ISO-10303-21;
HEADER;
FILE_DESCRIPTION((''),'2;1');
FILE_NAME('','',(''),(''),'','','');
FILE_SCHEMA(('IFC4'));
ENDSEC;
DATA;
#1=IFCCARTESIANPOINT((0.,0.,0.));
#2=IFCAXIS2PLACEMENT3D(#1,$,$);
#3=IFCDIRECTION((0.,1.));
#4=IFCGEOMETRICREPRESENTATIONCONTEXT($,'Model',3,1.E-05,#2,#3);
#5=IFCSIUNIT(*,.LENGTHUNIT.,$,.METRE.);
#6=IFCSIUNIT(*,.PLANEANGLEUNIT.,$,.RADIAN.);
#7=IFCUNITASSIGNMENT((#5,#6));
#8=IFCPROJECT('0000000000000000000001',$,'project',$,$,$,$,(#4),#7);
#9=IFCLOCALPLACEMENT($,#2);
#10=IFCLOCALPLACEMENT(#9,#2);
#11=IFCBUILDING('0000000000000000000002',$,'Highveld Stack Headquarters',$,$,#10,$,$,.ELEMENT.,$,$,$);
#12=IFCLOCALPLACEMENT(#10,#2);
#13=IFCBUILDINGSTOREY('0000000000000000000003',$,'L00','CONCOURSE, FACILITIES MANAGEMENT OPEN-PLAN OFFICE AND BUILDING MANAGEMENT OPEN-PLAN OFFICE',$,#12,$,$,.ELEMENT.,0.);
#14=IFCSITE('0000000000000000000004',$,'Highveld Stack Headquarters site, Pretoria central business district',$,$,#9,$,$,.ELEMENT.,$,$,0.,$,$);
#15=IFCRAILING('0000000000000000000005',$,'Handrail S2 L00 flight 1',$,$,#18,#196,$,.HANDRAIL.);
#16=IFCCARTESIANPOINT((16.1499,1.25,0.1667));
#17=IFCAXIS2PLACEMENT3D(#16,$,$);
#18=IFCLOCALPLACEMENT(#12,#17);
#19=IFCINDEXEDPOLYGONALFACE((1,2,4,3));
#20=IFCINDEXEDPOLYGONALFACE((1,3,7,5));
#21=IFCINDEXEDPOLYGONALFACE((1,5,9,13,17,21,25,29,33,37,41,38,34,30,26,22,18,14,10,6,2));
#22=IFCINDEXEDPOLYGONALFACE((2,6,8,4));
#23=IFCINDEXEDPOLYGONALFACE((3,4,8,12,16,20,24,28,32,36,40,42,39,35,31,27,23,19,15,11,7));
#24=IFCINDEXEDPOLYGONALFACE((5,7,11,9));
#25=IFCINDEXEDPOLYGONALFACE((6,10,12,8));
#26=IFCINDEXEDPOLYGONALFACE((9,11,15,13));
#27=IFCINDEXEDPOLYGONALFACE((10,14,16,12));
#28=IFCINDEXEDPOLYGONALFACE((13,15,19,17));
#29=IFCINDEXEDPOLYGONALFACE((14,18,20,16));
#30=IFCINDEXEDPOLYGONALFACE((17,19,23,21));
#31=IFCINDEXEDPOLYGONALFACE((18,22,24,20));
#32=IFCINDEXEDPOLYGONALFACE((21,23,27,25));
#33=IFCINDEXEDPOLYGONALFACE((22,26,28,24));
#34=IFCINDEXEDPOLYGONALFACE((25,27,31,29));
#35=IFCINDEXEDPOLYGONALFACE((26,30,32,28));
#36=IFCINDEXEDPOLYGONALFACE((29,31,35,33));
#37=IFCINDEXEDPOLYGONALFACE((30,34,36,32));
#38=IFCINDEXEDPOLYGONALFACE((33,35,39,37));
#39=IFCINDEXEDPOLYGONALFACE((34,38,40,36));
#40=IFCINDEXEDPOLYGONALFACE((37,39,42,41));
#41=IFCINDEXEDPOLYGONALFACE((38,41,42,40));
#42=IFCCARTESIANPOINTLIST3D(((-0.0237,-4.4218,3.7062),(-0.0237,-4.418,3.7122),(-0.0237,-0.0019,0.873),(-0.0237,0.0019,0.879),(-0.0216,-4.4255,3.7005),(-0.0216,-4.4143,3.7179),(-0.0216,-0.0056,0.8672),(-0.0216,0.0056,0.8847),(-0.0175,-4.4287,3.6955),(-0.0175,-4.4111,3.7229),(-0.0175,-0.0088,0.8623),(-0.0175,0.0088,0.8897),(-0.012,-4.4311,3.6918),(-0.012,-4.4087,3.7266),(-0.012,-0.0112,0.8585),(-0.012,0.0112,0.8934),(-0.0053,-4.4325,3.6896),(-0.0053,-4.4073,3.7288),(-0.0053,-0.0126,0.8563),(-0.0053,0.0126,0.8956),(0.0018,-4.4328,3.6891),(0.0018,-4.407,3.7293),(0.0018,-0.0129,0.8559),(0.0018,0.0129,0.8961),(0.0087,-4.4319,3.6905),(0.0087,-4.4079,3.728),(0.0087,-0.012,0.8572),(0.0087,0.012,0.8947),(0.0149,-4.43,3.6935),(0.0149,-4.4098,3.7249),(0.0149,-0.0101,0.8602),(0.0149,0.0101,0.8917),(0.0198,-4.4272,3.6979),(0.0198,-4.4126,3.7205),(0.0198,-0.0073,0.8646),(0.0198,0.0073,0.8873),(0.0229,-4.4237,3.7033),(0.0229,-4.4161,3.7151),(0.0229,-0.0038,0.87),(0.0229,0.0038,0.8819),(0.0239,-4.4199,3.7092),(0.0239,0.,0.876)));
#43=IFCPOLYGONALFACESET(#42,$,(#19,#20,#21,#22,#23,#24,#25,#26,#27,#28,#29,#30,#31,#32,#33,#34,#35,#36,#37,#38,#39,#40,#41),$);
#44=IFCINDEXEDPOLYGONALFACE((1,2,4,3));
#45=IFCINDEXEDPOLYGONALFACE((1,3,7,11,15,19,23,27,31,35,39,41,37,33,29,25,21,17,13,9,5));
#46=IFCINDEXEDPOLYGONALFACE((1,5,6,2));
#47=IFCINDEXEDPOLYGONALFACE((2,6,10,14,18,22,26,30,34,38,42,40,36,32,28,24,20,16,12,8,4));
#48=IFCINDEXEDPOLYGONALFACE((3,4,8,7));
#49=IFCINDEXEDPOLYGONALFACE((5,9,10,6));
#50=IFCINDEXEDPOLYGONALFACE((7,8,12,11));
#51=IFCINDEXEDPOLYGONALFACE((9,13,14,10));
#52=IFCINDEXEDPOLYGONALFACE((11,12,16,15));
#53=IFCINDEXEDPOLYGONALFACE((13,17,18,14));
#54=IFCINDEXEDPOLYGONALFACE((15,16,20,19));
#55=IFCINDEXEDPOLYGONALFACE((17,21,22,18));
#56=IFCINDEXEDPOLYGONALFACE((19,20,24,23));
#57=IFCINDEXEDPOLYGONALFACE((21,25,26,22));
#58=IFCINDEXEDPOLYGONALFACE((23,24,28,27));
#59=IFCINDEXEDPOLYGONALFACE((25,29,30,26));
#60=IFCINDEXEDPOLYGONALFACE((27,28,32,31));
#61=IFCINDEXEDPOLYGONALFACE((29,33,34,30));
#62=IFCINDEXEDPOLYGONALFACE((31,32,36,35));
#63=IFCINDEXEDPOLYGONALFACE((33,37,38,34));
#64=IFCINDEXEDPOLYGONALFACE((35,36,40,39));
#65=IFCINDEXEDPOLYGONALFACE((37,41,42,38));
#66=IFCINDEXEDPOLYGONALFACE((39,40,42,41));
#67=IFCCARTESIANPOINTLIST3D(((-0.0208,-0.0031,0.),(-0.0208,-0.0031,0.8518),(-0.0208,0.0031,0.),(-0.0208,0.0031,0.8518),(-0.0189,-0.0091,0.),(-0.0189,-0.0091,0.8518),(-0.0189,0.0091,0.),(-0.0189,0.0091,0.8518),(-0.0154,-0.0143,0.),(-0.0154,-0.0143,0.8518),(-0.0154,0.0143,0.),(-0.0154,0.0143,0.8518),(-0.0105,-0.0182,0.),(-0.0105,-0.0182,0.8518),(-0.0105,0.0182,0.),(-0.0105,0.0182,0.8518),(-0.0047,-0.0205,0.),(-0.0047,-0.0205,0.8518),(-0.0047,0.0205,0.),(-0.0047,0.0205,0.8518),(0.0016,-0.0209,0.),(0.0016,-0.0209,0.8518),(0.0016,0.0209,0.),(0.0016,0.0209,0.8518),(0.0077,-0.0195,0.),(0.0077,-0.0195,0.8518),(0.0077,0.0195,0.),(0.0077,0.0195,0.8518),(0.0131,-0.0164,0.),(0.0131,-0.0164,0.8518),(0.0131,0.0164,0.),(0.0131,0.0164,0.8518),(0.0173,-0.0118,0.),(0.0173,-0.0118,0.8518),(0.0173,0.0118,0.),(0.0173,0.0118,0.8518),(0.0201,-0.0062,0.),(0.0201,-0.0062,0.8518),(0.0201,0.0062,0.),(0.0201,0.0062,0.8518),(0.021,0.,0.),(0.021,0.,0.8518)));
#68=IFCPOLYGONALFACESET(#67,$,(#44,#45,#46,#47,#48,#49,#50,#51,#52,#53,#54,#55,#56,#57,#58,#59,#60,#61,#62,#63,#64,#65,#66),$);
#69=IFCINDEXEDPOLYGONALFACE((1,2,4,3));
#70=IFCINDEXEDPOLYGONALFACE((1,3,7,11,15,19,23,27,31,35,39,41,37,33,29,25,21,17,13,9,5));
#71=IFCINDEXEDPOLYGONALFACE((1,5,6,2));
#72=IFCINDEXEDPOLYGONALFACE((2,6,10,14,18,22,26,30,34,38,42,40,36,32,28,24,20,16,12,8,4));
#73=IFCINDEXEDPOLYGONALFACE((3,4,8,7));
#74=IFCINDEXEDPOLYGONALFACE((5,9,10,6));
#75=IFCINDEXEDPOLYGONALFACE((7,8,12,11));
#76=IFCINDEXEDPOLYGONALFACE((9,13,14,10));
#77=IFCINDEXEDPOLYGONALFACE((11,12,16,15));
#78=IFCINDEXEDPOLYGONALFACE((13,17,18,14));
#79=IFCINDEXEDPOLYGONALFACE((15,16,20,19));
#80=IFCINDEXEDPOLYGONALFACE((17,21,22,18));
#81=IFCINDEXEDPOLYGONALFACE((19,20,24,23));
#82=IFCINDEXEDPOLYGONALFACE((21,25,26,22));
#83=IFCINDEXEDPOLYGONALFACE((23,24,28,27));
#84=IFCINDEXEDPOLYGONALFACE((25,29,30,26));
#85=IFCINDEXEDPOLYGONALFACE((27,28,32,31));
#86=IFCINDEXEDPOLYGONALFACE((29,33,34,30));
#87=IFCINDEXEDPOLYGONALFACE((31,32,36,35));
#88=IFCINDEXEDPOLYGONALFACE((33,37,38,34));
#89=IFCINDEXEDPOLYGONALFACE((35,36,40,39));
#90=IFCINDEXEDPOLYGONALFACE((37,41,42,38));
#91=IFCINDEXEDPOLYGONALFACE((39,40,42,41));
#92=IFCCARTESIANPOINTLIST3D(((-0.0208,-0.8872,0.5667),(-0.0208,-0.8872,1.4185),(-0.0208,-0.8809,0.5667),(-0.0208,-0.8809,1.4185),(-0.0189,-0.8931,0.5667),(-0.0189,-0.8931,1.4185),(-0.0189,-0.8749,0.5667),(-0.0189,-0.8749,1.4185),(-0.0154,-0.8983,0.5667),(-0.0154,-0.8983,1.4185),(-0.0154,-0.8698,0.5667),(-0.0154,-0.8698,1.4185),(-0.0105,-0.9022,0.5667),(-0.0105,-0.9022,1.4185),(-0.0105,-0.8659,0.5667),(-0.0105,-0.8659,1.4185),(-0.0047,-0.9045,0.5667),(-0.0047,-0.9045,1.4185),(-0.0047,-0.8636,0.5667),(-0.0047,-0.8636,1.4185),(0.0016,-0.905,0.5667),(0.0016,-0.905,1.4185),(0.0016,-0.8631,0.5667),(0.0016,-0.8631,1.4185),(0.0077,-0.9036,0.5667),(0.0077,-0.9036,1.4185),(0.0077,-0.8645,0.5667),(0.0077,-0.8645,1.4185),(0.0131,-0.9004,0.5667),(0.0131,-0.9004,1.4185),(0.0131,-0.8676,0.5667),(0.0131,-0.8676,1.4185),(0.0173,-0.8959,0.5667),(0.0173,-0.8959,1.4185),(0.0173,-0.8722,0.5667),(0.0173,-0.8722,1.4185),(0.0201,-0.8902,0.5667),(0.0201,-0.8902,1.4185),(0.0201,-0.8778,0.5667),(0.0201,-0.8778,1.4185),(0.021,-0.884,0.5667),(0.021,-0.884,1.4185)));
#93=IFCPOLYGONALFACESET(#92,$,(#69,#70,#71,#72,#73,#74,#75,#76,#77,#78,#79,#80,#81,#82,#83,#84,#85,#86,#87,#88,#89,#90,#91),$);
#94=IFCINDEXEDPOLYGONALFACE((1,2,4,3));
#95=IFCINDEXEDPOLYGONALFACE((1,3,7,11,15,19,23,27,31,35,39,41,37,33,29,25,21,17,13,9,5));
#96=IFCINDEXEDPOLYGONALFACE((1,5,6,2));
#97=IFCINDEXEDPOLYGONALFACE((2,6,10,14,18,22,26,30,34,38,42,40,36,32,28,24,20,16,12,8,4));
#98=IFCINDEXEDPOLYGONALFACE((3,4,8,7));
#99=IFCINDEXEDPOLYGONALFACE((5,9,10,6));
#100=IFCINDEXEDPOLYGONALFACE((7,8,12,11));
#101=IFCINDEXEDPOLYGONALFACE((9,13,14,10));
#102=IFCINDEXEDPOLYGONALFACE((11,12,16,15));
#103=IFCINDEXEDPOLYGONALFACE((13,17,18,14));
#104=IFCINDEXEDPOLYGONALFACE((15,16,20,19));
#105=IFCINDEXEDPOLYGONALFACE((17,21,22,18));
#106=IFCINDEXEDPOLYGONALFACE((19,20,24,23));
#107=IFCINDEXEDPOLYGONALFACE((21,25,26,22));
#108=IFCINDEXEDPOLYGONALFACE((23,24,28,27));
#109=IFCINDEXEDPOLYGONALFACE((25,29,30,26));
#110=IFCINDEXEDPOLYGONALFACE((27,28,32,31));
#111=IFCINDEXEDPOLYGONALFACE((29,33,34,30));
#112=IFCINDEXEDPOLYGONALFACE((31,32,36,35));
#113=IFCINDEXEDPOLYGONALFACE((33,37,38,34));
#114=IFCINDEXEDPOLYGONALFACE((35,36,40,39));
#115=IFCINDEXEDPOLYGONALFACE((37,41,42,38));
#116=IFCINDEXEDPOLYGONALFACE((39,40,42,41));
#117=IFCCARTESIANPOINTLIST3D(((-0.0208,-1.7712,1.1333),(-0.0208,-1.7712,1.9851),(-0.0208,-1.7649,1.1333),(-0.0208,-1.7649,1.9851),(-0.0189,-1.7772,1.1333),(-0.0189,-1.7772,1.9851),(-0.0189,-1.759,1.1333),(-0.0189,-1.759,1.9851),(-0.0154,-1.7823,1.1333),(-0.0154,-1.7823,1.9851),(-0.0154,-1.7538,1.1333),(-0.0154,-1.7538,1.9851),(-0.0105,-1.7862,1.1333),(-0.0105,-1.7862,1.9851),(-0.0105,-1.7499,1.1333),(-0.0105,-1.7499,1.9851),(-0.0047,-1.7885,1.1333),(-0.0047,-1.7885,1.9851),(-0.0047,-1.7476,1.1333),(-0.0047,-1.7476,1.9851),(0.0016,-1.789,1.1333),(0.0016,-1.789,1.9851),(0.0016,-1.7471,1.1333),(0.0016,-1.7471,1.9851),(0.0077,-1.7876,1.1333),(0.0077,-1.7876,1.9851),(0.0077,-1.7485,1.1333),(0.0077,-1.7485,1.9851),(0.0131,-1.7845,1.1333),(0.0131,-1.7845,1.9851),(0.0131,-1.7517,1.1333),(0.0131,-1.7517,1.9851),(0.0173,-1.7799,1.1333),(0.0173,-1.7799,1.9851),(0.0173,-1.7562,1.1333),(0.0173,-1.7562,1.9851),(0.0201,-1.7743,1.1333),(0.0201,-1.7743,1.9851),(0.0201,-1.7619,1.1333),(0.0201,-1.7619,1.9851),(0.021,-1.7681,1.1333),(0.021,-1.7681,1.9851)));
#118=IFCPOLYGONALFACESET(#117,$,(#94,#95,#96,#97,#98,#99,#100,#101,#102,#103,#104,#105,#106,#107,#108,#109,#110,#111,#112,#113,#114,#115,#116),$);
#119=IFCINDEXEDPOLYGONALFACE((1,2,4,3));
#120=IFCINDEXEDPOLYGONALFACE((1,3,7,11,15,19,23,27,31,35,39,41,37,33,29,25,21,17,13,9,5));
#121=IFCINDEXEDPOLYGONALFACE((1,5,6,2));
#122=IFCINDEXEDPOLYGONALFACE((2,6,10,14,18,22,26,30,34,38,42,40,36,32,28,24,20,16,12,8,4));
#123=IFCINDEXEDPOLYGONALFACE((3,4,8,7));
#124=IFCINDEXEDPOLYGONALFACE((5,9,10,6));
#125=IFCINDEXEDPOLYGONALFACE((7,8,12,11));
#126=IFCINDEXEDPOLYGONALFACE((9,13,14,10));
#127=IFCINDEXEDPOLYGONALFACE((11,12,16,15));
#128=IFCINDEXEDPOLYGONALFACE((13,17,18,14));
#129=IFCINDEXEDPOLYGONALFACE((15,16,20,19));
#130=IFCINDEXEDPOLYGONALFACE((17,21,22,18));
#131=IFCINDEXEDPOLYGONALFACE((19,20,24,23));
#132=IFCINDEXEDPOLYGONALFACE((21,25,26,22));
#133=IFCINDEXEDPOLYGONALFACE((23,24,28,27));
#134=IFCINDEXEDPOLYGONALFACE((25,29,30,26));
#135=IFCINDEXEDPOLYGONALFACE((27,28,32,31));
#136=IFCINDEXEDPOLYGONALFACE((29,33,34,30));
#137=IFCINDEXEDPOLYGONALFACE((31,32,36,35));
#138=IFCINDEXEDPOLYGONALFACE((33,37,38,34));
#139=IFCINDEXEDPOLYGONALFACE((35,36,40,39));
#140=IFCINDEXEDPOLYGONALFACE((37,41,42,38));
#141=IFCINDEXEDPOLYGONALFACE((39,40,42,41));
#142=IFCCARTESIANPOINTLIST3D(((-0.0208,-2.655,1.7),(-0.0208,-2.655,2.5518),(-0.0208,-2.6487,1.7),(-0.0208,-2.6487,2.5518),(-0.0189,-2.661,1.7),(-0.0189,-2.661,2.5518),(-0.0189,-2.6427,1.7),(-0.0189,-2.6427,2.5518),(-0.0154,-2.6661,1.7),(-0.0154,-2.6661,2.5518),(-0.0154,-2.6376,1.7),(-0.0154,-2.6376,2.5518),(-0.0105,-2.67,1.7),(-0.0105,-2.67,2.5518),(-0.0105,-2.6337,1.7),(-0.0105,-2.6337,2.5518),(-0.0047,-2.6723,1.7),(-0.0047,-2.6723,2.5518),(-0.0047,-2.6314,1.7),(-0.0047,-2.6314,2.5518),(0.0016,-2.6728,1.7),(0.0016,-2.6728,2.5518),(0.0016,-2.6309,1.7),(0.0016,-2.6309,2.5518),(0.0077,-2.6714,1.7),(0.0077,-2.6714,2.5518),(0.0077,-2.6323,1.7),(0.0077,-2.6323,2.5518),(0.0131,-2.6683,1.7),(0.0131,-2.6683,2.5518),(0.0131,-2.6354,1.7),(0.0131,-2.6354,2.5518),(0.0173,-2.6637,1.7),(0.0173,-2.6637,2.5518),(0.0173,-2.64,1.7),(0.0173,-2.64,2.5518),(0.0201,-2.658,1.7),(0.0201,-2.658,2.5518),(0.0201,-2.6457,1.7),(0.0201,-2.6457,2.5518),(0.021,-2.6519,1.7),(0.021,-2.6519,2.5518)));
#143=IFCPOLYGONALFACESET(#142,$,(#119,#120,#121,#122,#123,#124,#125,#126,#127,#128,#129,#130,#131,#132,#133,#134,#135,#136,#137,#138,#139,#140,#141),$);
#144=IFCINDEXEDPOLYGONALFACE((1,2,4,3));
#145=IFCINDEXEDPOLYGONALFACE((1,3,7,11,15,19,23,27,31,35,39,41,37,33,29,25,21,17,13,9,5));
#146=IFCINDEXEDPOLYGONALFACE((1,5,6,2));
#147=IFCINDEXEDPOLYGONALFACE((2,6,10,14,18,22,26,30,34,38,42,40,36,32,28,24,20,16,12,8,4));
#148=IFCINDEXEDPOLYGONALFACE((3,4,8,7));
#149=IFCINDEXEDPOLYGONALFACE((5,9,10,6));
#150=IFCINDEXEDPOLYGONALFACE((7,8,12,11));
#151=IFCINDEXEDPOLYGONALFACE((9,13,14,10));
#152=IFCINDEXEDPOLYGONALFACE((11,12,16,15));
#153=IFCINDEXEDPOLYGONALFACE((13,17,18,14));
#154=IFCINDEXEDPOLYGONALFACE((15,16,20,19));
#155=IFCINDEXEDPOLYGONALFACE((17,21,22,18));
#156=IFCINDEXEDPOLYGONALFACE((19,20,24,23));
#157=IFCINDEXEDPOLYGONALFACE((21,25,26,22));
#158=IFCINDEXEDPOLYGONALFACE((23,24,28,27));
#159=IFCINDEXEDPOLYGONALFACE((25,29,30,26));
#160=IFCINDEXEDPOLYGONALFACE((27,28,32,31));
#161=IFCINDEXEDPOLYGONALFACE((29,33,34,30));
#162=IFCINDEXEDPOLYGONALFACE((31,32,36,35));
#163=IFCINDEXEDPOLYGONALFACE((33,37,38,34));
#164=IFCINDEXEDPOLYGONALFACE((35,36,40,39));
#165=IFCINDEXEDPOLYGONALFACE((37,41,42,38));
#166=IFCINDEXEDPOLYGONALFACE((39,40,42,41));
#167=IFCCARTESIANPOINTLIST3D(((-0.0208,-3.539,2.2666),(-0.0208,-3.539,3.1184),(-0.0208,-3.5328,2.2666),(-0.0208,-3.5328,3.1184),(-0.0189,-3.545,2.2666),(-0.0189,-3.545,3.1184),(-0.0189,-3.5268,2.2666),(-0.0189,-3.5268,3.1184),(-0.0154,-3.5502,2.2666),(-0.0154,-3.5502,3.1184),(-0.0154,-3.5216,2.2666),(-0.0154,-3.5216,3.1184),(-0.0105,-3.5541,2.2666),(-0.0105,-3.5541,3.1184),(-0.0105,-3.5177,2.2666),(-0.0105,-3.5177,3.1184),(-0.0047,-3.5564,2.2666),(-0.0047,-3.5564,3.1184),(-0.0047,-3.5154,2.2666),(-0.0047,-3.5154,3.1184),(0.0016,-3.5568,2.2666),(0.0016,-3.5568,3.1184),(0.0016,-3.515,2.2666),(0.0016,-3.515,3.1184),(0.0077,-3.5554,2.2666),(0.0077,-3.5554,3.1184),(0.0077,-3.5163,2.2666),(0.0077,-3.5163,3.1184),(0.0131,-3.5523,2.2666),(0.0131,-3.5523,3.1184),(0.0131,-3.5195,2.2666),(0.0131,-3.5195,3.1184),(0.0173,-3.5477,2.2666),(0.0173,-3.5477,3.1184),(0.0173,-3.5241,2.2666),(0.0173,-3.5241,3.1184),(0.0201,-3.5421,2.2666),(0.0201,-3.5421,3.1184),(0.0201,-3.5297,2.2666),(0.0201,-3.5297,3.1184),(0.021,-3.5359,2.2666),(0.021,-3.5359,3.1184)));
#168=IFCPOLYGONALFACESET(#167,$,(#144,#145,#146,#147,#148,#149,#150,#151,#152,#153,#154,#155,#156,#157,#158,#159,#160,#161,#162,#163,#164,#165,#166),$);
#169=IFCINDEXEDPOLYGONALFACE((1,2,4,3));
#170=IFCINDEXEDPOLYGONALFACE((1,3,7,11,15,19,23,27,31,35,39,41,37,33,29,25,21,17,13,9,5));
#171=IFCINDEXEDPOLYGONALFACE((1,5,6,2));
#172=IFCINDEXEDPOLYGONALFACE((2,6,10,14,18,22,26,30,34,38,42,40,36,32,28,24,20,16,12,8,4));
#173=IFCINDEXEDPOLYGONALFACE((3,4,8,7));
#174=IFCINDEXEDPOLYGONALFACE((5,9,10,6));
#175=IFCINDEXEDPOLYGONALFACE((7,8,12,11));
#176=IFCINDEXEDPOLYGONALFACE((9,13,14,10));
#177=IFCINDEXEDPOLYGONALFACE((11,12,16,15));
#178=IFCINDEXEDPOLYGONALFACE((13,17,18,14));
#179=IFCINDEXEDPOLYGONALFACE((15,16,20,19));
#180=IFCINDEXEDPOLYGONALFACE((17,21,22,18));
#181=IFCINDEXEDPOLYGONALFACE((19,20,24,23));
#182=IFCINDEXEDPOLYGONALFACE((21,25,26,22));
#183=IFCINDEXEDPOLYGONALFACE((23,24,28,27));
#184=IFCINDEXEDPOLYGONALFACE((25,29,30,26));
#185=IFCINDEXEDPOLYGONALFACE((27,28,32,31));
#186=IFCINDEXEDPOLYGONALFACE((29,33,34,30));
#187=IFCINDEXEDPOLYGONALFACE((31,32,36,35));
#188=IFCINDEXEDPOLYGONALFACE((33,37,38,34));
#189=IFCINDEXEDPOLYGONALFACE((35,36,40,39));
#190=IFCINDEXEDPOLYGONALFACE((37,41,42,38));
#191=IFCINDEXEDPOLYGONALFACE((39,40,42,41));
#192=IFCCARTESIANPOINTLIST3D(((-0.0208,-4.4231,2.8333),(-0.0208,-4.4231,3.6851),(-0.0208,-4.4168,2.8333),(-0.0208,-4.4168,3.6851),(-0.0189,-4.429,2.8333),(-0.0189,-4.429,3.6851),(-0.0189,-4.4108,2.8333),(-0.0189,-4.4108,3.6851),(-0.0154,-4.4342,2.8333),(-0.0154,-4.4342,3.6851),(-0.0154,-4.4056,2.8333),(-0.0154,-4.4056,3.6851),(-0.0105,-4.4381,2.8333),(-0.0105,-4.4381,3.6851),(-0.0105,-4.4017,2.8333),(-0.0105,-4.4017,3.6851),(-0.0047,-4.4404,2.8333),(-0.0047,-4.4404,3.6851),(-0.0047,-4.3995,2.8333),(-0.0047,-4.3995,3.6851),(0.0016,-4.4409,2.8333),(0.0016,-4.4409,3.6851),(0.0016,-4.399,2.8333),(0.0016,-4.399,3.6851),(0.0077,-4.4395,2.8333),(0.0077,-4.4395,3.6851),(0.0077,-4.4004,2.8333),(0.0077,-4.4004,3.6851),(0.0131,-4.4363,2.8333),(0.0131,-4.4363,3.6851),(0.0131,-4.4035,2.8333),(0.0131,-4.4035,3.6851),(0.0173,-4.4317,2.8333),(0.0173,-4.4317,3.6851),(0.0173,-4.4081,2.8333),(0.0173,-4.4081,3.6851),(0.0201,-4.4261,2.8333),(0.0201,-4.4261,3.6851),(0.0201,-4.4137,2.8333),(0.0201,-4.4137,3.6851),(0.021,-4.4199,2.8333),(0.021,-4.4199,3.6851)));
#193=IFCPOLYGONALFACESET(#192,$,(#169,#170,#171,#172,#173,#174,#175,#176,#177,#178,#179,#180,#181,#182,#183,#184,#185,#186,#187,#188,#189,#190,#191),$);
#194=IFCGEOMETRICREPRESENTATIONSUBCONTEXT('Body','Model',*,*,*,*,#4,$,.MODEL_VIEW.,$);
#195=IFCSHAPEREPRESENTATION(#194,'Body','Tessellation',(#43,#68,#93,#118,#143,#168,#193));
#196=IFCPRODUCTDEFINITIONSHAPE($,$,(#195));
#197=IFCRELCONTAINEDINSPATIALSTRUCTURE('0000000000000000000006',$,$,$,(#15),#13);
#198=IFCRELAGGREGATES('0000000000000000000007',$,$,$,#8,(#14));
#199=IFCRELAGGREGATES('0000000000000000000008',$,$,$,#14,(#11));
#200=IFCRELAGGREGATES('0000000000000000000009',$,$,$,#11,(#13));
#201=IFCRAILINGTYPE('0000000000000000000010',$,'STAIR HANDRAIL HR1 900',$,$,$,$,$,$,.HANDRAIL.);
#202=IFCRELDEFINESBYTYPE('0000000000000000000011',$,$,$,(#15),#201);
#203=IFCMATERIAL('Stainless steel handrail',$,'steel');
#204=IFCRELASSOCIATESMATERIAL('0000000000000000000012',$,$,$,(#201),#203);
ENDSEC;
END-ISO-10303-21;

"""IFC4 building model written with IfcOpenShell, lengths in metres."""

from ifc_helpers import new_model, si_unit, direction, frame, origin, origin_2d, place, context, subcontext, project, spatial, circle, extrude, material, type_object, element, save


model = new_model("IFC4")

# Units and contexts
model_context = context("Model", 3, precision=1e-05, world=origin(), true_north=direction((0.0, 1.0)))
body_context = subcontext(model_context, "Body", "Model", "MODEL_VIEW")
ifc_project = project(units=[si_unit("LENGTHUNIT", "METRE"), si_unit("PLANEANGLEUNIT", "RADIAN")], contexts=[model_context])

# Site, building, storey
site_placement = place(None, origin())
site = spatial("IfcSite", under=ifc_project, at=site_placement, Name="Highveld Stack Headquarters site, Pretoria central business district", CompositionType="ELEMENT", RefElevation=0.0)
building_placement = place(site_placement, origin())
building = spatial("IfcBuilding", under=site, at=building_placement, Name="Highveld Stack Headquarters", CompositionType="ELEMENT")
storey_placement = place(building_placement, origin())
storey = spatial("IfcBuildingStorey", under=building, at=storey_placement, Name="L00", Description="CONCOURSE, FACILITIES MANAGEMENT OPEN-PLAN OFFICE AND BUILDING MANAGEMENT OPEN-PLAN OFFICE", CompositionType="ELEMENT", Elevation=0.0)

# Railing
ifc_material_1 = material(Name="Stainless steel handrail", Category="steel")
railing_type = type_object("IfcRailingType", Name="STAIR HANDRAIL HR1 900", PredefinedType="HANDRAIL", material=ifc_material_1)
railing_placement = place(storey_placement, frame((16.1499, 1.25, 0.1667)))
element("IfcRailing", 1, at=railing_placement, inside=storey, type_object=railing_type, Name="Handrail S2 L00 flight 1", PredefinedType="HANDRAIL", context=body_context, shape_type="SweptSolid", body=[
    extrude(circle(Radius=0.0239, at=origin_2d()), frame((0.0, 0.0, 0.876), z_axis=(0.0, -0.841882, 0.539662), x_axis=(1.0, 0.0, 0.0)), (0.0, 0.0, 1.0), 5.25),
    extrude(circle(Radius=0.021, at=origin_2d()), origin(), (0.0, 0.0, 1.0), 0.8518),
    extrude(circle(Radius=0.021, at=origin_2d()), frame((0.0, -0.884, 0.5667)), (0.0, 0.0, 1.0), 0.8518),
    extrude(circle(Radius=0.021, at=origin_2d()), frame((0.0, -1.7681, 1.1333)), (0.0, 0.0, 1.0), 0.8518),
    extrude(circle(Radius=0.021, at=origin_2d()), frame((0.0, -2.6519, 1.7)), (0.0, 0.0, 1.0), 0.8518),
    extrude(circle(Radius=0.021, at=origin_2d()), frame((0.0, -3.5359, 2.2666)), (0.0, 0.0, 1.0), 0.8518),
    extrude(circle(Radius=0.021, at=origin_2d()), frame((0.0, -4.4199, 2.8333)), (0.0, 0.0, 1.0), 0.8518),
])

save(model, "model.ifc")
